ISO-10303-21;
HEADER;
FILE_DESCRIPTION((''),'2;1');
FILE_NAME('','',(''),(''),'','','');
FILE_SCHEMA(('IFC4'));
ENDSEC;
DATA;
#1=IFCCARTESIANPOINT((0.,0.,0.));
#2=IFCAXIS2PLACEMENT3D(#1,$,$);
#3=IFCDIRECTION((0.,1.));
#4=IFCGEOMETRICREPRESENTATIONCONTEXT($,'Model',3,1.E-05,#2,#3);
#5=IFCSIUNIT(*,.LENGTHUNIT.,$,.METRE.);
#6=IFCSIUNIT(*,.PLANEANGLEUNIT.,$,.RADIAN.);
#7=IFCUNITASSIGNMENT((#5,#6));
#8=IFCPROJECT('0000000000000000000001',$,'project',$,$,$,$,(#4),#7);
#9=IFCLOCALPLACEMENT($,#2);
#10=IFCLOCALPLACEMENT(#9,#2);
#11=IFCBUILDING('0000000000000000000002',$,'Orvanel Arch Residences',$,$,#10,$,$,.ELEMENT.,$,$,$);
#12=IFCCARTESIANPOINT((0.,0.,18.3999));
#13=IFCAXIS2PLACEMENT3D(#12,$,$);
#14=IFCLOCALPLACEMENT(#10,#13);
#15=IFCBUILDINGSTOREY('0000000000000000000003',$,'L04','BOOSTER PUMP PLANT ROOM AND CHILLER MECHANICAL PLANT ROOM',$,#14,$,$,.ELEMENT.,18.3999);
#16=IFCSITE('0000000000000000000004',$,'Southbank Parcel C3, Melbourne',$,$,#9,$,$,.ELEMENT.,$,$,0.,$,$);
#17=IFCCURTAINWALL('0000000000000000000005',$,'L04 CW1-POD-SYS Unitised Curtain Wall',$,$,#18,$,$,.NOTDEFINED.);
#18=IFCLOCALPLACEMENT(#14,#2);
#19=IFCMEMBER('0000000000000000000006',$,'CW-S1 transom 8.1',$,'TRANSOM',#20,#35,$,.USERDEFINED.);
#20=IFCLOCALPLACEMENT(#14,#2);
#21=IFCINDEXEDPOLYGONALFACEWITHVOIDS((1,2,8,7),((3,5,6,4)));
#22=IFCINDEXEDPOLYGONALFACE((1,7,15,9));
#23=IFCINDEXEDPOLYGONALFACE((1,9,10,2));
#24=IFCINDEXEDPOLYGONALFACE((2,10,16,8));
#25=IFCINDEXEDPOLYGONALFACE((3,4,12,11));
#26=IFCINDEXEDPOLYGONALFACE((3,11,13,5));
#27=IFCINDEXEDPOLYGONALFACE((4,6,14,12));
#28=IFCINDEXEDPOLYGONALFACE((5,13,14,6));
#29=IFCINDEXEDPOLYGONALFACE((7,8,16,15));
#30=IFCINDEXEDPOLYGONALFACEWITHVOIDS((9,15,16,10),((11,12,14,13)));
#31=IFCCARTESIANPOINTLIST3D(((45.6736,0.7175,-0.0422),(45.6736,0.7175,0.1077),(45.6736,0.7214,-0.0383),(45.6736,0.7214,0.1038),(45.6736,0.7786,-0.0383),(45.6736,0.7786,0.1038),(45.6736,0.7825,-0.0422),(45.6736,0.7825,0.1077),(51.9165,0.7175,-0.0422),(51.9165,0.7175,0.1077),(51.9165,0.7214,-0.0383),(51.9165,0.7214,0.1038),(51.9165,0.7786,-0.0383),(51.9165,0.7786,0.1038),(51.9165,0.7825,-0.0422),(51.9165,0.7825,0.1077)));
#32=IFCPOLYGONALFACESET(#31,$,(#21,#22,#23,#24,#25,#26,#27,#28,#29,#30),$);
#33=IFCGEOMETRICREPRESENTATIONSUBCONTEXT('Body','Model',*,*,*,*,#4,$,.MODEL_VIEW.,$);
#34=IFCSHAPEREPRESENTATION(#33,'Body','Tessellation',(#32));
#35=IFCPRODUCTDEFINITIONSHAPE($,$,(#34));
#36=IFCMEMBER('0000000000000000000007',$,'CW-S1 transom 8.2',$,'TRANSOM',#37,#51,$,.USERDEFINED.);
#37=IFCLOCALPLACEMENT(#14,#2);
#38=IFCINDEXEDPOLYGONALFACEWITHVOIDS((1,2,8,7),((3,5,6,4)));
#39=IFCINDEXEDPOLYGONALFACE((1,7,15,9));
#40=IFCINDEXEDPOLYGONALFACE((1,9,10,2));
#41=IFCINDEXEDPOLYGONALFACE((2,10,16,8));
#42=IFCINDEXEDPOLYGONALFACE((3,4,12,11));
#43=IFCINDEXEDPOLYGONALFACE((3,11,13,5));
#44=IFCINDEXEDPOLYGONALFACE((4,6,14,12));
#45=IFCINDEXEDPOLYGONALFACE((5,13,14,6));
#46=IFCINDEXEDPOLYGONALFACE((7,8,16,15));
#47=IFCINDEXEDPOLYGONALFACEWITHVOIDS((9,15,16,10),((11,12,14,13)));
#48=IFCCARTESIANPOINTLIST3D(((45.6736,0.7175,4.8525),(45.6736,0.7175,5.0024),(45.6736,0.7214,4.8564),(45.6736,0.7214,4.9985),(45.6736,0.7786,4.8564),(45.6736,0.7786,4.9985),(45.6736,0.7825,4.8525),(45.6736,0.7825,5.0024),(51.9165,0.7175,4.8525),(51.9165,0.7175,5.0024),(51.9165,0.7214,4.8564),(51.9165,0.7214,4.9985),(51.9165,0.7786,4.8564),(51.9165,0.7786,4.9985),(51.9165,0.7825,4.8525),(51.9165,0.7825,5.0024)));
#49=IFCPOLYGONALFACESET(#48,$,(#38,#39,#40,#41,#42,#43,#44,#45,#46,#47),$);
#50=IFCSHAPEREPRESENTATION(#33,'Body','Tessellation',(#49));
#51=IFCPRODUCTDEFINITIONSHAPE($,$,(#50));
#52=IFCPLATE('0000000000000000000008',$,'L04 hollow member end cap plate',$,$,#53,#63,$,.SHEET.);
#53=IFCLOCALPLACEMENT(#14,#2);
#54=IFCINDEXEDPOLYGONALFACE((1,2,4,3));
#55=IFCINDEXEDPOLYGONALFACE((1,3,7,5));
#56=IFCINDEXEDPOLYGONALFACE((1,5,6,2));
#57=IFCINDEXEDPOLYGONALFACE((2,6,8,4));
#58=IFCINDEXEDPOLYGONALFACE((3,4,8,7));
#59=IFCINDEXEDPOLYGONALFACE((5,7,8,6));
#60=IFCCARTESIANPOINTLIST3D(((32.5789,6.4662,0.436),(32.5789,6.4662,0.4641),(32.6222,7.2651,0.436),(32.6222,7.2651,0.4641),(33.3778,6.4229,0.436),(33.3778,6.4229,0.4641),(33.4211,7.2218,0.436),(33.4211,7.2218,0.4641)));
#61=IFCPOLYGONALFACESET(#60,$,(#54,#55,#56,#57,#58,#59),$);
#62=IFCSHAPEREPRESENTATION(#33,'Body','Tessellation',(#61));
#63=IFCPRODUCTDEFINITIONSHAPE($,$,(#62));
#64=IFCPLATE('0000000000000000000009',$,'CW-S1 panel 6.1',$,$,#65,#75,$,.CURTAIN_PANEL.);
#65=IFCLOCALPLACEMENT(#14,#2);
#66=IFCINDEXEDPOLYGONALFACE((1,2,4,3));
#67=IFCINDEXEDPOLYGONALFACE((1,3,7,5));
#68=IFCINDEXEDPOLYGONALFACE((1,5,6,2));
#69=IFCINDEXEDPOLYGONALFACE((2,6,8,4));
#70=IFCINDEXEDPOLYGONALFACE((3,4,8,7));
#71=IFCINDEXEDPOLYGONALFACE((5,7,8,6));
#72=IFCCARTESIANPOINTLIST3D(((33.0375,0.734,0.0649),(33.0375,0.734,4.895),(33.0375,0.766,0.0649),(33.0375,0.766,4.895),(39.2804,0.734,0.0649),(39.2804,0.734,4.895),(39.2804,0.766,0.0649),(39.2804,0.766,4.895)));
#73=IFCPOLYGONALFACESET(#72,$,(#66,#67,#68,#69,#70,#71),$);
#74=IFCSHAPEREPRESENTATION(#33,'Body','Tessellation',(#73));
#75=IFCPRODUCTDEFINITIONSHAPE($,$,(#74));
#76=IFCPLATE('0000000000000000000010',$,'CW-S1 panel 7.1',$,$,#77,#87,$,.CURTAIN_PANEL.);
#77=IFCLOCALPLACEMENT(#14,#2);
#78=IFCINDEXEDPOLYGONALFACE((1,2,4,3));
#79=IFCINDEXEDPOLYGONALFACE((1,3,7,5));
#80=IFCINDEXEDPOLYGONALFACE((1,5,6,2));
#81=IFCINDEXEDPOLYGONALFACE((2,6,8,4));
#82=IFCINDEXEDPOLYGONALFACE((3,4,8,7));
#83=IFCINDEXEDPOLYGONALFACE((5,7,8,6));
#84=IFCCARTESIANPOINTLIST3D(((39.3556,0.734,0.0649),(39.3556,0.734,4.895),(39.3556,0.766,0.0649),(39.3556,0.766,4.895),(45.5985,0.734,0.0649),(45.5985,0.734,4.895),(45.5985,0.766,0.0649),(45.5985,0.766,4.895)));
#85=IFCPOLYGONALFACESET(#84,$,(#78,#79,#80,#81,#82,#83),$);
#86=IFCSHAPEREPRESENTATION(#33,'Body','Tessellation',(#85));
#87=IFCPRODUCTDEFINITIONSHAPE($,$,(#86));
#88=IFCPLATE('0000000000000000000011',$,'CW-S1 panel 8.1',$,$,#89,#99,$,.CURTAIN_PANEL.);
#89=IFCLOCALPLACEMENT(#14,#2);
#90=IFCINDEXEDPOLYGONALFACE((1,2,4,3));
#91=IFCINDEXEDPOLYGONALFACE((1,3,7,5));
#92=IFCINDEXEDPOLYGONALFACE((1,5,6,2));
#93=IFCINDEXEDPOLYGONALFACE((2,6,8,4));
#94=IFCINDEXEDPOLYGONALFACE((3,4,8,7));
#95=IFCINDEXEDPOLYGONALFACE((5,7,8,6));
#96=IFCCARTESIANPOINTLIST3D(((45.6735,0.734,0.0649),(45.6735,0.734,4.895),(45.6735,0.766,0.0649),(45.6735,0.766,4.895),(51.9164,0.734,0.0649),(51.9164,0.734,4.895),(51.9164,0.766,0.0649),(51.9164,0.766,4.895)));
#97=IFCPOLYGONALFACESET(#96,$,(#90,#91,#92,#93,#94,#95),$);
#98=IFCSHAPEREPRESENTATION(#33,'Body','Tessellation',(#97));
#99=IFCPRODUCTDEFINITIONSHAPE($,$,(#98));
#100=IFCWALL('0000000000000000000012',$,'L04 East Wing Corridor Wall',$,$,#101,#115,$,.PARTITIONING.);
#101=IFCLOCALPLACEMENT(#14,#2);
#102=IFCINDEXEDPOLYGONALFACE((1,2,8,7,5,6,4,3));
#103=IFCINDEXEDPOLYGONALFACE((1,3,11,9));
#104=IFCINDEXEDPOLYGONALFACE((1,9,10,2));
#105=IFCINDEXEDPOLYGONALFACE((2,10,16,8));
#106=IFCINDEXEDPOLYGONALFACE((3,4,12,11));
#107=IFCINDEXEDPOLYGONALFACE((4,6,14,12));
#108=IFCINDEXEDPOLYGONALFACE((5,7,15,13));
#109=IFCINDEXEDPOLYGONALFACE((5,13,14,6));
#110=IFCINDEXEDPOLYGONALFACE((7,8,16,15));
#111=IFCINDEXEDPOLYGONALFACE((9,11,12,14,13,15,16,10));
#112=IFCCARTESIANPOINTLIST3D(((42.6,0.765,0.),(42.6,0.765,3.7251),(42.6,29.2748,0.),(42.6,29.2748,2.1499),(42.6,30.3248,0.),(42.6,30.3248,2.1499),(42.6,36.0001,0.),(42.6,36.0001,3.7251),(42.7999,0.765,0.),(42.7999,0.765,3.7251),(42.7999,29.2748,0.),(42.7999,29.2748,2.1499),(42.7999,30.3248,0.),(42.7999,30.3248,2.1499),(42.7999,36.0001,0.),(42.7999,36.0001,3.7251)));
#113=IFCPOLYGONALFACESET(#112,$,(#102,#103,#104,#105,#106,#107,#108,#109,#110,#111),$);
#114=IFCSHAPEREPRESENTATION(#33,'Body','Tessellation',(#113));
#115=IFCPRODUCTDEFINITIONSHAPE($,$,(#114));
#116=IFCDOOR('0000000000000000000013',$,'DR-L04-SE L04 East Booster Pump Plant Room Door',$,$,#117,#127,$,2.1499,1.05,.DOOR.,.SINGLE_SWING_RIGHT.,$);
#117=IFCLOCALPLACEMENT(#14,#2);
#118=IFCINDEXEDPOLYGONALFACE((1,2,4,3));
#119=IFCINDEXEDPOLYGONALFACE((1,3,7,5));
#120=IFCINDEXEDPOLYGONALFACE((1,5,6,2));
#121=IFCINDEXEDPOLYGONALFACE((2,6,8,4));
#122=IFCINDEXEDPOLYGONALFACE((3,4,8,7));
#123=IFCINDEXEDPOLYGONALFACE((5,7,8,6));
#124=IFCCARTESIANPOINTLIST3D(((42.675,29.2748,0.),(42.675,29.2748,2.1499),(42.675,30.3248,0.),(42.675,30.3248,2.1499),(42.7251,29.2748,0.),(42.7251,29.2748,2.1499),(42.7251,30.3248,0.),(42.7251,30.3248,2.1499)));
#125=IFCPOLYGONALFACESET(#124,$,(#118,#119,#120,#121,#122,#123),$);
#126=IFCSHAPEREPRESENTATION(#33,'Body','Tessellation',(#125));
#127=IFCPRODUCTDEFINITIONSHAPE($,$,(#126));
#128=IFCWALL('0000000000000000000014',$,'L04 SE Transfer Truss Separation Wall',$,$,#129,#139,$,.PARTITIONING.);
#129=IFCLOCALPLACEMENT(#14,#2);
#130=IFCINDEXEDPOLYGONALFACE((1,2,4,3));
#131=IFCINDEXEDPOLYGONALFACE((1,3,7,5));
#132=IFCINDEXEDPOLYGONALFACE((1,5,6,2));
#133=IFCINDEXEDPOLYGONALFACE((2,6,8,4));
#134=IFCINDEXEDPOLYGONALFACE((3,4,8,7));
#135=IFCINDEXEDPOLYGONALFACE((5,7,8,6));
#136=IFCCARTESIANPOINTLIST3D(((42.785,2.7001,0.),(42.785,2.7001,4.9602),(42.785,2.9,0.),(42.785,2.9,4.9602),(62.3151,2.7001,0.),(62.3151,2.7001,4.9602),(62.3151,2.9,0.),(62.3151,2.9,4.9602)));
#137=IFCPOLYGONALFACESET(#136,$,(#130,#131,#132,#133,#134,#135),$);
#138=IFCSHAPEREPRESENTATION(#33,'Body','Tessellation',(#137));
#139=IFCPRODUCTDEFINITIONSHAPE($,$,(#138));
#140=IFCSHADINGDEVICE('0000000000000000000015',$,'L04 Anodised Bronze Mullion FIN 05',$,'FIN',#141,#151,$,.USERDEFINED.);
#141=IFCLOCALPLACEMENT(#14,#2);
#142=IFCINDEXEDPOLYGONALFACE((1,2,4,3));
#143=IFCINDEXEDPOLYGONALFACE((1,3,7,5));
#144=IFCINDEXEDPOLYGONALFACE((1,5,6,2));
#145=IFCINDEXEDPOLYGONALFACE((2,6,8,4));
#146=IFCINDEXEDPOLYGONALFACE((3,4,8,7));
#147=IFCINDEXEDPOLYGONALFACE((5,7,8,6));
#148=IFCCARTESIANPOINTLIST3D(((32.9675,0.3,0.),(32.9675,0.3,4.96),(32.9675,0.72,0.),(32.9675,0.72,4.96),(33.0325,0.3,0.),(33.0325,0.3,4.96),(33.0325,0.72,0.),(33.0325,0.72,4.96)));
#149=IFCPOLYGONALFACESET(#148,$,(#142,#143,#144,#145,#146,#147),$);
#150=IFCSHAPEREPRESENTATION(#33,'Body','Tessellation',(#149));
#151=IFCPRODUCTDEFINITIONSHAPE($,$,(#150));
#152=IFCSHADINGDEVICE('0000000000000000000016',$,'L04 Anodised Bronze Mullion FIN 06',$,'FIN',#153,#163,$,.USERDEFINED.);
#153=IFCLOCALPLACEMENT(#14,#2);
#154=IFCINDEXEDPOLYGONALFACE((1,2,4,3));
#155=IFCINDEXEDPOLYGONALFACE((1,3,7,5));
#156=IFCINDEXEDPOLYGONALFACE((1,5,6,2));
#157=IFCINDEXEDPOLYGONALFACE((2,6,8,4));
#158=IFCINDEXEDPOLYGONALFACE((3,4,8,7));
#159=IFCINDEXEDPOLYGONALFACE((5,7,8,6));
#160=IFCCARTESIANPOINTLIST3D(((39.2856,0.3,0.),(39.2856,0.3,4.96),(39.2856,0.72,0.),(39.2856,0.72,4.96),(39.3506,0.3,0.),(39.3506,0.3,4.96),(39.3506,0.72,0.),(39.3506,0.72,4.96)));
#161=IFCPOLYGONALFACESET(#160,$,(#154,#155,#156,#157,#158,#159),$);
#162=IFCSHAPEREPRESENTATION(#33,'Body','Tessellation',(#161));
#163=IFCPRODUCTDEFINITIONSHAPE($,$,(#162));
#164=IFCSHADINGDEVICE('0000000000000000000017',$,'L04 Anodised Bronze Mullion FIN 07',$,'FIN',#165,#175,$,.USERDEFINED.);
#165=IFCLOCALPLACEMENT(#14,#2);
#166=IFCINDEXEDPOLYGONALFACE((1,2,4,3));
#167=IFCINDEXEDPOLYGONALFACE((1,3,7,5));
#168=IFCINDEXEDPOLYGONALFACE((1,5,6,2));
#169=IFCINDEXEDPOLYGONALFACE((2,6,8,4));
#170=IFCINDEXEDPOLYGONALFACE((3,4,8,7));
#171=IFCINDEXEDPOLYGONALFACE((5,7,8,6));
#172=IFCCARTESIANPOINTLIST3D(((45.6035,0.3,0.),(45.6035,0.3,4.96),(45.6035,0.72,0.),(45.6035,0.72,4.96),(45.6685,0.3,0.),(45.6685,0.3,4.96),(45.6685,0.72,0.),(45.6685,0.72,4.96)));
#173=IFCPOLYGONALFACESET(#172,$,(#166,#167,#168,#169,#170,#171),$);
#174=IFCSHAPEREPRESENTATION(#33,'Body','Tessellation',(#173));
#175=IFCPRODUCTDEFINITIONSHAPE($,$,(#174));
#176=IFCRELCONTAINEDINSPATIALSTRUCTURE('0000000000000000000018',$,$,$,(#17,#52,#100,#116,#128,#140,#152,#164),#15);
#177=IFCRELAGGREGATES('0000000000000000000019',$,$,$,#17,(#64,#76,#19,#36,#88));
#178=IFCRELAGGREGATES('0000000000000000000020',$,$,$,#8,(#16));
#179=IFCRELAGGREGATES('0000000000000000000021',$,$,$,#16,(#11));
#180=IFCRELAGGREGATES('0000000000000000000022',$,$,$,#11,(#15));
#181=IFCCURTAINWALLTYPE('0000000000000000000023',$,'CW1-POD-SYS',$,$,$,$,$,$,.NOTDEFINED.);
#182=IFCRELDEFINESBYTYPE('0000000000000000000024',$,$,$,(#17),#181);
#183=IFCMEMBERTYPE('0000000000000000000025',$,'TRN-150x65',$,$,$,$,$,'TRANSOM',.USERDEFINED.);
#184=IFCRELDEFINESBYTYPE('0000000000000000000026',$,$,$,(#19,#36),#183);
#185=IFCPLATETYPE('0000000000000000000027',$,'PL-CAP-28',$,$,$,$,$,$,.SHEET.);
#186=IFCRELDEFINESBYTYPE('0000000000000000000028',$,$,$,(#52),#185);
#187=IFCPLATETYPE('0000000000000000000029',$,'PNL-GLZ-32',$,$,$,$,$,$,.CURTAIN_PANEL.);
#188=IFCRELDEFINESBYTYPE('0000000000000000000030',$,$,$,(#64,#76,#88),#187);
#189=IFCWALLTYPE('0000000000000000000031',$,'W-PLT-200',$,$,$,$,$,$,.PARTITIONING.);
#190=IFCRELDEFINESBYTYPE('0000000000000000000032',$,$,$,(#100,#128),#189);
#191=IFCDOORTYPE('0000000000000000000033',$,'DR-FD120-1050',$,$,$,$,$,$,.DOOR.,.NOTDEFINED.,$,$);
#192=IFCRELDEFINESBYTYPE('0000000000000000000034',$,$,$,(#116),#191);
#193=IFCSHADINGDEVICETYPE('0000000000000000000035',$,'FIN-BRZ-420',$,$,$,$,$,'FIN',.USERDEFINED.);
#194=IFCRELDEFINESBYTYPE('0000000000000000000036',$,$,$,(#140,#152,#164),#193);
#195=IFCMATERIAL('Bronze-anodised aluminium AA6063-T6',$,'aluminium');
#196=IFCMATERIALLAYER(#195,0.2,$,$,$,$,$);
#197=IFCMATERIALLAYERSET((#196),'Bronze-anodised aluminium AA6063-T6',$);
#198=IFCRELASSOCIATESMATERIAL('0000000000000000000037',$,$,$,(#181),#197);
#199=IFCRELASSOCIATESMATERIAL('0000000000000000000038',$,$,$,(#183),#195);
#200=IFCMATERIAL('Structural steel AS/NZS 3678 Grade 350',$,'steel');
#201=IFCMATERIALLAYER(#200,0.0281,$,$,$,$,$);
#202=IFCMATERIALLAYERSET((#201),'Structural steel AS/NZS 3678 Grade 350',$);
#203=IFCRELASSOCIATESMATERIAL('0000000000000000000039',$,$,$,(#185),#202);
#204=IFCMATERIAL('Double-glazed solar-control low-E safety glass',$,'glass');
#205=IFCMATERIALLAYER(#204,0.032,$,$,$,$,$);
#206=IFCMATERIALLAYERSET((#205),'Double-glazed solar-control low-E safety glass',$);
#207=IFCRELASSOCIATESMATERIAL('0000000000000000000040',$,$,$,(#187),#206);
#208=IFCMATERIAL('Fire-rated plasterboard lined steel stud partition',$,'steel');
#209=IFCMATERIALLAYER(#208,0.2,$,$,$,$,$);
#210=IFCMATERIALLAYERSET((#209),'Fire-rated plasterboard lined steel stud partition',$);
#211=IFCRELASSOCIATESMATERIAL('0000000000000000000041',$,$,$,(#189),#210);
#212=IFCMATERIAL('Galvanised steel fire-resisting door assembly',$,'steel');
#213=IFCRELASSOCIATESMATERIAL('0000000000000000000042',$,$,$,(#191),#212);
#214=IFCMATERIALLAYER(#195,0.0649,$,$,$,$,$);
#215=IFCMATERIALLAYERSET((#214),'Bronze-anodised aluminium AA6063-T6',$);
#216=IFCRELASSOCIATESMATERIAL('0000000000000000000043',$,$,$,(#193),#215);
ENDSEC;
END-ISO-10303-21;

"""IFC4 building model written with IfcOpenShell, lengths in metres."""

from ifc_helpers import new_model, si_unit, direction, frame, frame_2d, origin, origin_2d, place, context, subcontext, project, spatial, rectangle, hollow_rectangle, extrude, material, layer, layer_set, material_profile, profile_set, type_object, element, fill, aggregate, save


model = new_model("IFC4")

# Units and contexts
model_context = context("Model", 3, precision=1e-05, world=origin(), true_north=direction((0.0, 1.0)))
body_context = subcontext(model_context, "Body", "Model", "MODEL_VIEW")
ifc_project = project(units=[si_unit("LENGTHUNIT", "METRE"), si_unit("PLANEANGLEUNIT", "RADIAN")], contexts=[model_context])

# Site, building, storey
site_placement = place(None, origin())
site = spatial("IfcSite", under=ifc_project, at=site_placement, Name="Southbank Parcel C3, Melbourne", CompositionType="ELEMENT", RefElevation=0.0)
building_placement = place(site_placement, origin())
building = spatial("IfcBuilding", under=site, at=building_placement, Name="Orvanel Arch Residences", CompositionType="ELEMENT")
storey_placement = place(building_placement, frame((0.0, 0.0, 18.3999)))
storey = spatial("IfcBuildingStorey", under=building, at=storey_placement, Name="L04", Description="BOOSTER PUMP PLANT ROOM AND CHILLER MECHANICAL PLANT ROOM", CompositionType="ELEMENT", Elevation=18.3999)

# Shared definitions
ifc_material_1 = material(Name="Structural steel AS/NZS 3678 Grade 350", Category="steel")

# Curtain wall, members
ifc_material_2 = material(Name="Bronze-anodised aluminium AA6063-T6", Category="aluminium")
ifc_layer_1 = layer(ifc_material_2, 0.2)
ifc_layer_set_1 = layer_set([ifc_layer_1], Name="Bronze-anodised aluminium AA6063-T6")
curtain_wall_type = type_object("IfcCurtainWallType", Name="CW1-POD-SYS", PredefinedType="NOTDEFINED", material=ifc_layer_set_1)
curtain_wall_placement = place(storey_placement, origin())
curtain_wall = element("IfcCurtainWall", 1, at=curtain_wall_placement, inside=storey, type_object=curtain_wall_type, Name="L04 CW1-POD-SYS Unitised Curtain Wall", PredefinedType="NOTDEFINED")
ifc_material_profile_1 = material_profile(ifc_material_2, hollow_rectangle(XDim=0.0649, YDim=0.1499, WallThickness=0.0039, at=origin_2d()), Name="ALU150x65x4")
ifc_profile_set_1 = profile_set([ifc_material_profile_1], Name="Bronze-anodised aluminium AA6063-T6")
member_type_1 = type_object("IfcMemberType", Name="TRN-150x65", ElementType="TRANSOM", PredefinedType="USERDEFINED", material=ifc_profile_set_1)
member_1_placement = place(storey_placement, frame((45.6736, 0.75, 0.0327), z_axis=(1.0, 0.0, 0.0), x_axis=(0.0, 1.0, 0.0)))
member_1 = element("IfcMember", 2, at=member_1_placement, type_object=member_type_1, Name="CW-S1 transom 8.1", ObjectType="TRANSOM", PredefinedType="USERDEFINED", context=body_context, shape_type="SweptSolid", body=[
    extrude(hollow_rectangle(XDim=0.0649, YDim=0.1499, WallThickness=0.0039, at=origin_2d()), origin(), (0.0, 0.0, 1.0), 6.2429),
])
member_2_placement = place(storey_placement, frame((45.6736, 0.75, 4.9275), z_axis=(1.0, 0.0, 0.0), x_axis=(0.0, 1.0, 0.0)))
member_2 = element("IfcMember", 3, at=member_2_placement, type_object=member_type_1, Name="CW-S1 transom 8.2", ObjectType="TRANSOM", PredefinedType="USERDEFINED", context=body_context, shape_type="SweptSolid", body=[
    extrude(hollow_rectangle(XDim=0.0649, YDim=0.1499, WallThickness=0.0039, at=origin_2d()), origin(), (0.0, 0.0, 1.0), 6.2429),
])

# Plates
ifc_layer_2 = layer(ifc_material_1, 0.0281)
ifc_layer_set_2 = layer_set([ifc_layer_2], Name="Structural steel AS/NZS 3678 Grade 350")
plate_type_1 = type_object("IfcPlateType", Name="PL-CAP-28", PredefinedType="SHEET", material=ifc_layer_set_2)
plate_1_placement = place(storey_placement, frame((33.0, 6.844, 0.436), z_axis=(0.0, 0.0, 1.0), x_axis=(-0.998537, 0.054079, 0.0)))
element("IfcPlate", 4, at=plate_1_placement, inside=storey, type_object=plate_type_1, Name="L04 hollow member end cap plate", PredefinedType="SHEET", context=body_context, shape_type="SweptSolid", body=[
    extrude(rectangle(XDim=0.8, YDim=0.8, at=origin_2d()), origin(), (0.0, 0.0, 1.0), 0.0281),
])
ifc_material_3 = material(Name="Double-glazed solar-control low-E safety glass", Category="glass")
ifc_layer_3 = layer(ifc_material_3, 0.032)
ifc_layer_set_3 = layer_set([ifc_layer_3], Name="Double-glazed solar-control low-E safety glass")
plate_type_2 = type_object("IfcPlateType", Name="PNL-GLZ-32", PredefinedType="CURTAIN_PANEL", material=ifc_layer_set_3)
plate_2_placement = place(storey_placement, frame((36.1589, 0.75, 0.0649), z_axis=(0.0, 0.0, 1.0), x_axis=(1.0, 0.0, 0.0)))
plate_2 = element("IfcPlate", 5, at=plate_2_placement, type_object=plate_type_2, Name="CW-S1 panel 6.1", PredefinedType="CURTAIN_PANEL", context=body_context, shape_type="SweptSolid", body=[
    extrude(rectangle(XDim=6.2429, YDim=0.032, at=origin_2d()), origin(), (0.0, 0.0, 1.0), 4.8301),
])
plate_3_placement = place(storey_placement, frame((42.4771, 0.75, 0.0649), z_axis=(0.0, 0.0, 1.0), x_axis=(1.0, 0.0, 0.0)))
plate_3 = element("IfcPlate", 6, at=plate_3_placement, type_object=plate_type_2, Name="CW-S1 panel 7.1", PredefinedType="CURTAIN_PANEL", context=body_context, shape_type="SweptSolid", body=[
    extrude(rectangle(XDim=6.2429, YDim=0.032, at=origin_2d()), origin(), (0.0, 0.0, 1.0), 4.8301),
])
plate_4_placement = place(storey_placement, frame((48.7949, 0.75, 0.0649), z_axis=(0.0, 0.0, 1.0), x_axis=(1.0, 0.0, 0.0)))
plate_4 = element("IfcPlate", 7, at=plate_4_placement, type_object=plate_type_2, Name="CW-S1 panel 8.1", PredefinedType="CURTAIN_PANEL", context=body_context, shape_type="SweptSolid", body=[
    extrude(rectangle(XDim=6.2429, YDim=0.032, at=origin_2d()), origin(), (0.0, 0.0, 1.0), 4.8301),
])
aggregate(curtain_wall, [plate_2, plate_3, member_1, member_2, plate_4])

# Wall, opening, door
ifc_material_4 = material(Name="Fire-rated plasterboard lined steel stud partition", Category="steel")
ifc_layer_4 = layer(ifc_material_4, 0.2)
ifc_layer_set_4 = layer_set([ifc_layer_4], Name="Fire-rated plasterboard lined steel stud partition")
wall_type = type_object("IfcWallType", Name="W-PLT-200", PredefinedType="PARTITIONING", material=ifc_layer_set_4)
wall_1_placement = place(storey_placement, frame((42.7, 0.7649, 0.0), z_axis=(0.0, 0.0, 1.0), x_axis=(0.0, 1.0, 0.0)))
wall_1 = element("IfcWall", 8, at=wall_1_placement, inside=storey, type_object=wall_type, Name="L04 East Wing Corridor Wall", PredefinedType="PARTITIONING", context=body_context, shape_type="SweptSolid", body=[
    extrude(rectangle(XDim=35.2351, YDim=0.2, at=frame_2d((17.6177, 0.0))), origin(), (0.0, 0.0, 1.0), 3.7251),
])
opening_placement = place(wall_1_placement, frame((28.51, 0.0, 0.0)))
opening = element("IfcOpeningElement", 9, at=opening_placement, cuts=wall_1, PredefinedType="OPENING", context=body_context, shape_type="SweptSolid", body=[
    extrude(rectangle(XDim=1.05, YDim=2.1499, at=frame_2d((0.5249, 1.075))), frame((0.0, 0.1099, 0.0), z_axis=(0.0, -1.0, 0.0), x_axis=(1.0, 0.0, 0.0)), (0.0, 0.0, 1.0), 0.22),
])
ifc_material_5 = material(Name="Galvanised steel fire-resisting door assembly", Category="steel")
door_type = type_object("IfcDoorType", Name="DR-FD120-1050", OperationType="NOTDEFINED", PredefinedType="DOOR", material=ifc_material_5)
door_placement = place(opening_placement, origin())
door = element("IfcDoor", 10, at=door_placement, inside=storey, type_object=door_type, Name="DR-L04-SE L04 East Booster Pump Plant Room Door", OperationType="SINGLE_SWING_RIGHT", OverallHeight=2.1499, OverallWidth=1.05, PredefinedType="DOOR", context=body_context, shape_type="SweptSolid", body=[
    extrude(rectangle(XDim=1.05, YDim=2.1499, at=frame_2d((0.5249, 1.075))), frame((0.0, 0.0249, 0.0), z_axis=(0.0, -1.0, 0.0), x_axis=(1.0, 0.0, 0.0)), (0.0, 0.0, 1.0), 0.05),
])
fill(opening, door)

# Wall
wall_2_placement = place(storey_placement, frame((42.7849, 2.8, 0.0), z_axis=(0.0, 0.0, 1.0), x_axis=(1.0, 0.0, 0.0)))
element("IfcWall", 11, at=wall_2_placement, inside=storey, type_object=wall_type, Name="L04 SE Transfer Truss Separation Wall", PredefinedType="PARTITIONING", context=body_context, shape_type="SweptSolid", body=[
    extrude(rectangle(XDim=19.53, YDim=0.2, at=frame_2d((9.7651, 0.0))), origin(), (0.0, 0.0, 1.0), 4.9602),
])

# Shading devices
ifc_layer_5 = layer(ifc_material_2, 0.0649)
ifc_layer_set_5 = layer_set([ifc_layer_5], Name="Bronze-anodised aluminium AA6063-T6")
shading_device_type = type_object("IfcShadingDeviceType", Name="FIN-BRZ-420", ElementType="FIN", PredefinedType="USERDEFINED", material=ifc_layer_set_5)
for number, where, z_axis, x_axis, name in (
    (12, (33.0, 0.51, 0.0), (0.0, 0.0, 1.0), (0.0, -1.0, 0.0), "L04 Anodised Bronze Mullion FIN 05"),
    (13, (39.3181, 0.51, 0.0), (0.0, 0.0, 1.0), (0.0, -1.0, 0.0), "L04 Anodised Bronze Mullion FIN 06"),
    (14, (45.636, 0.51, 0.0), (0.0, 0.0, 1.0), (0.0, -1.0, 0.0), "L04 Anodised Bronze Mullion FIN 07"),
):
    element("IfcShadingDevice", number, at=place(storey_placement, frame(where, z_axis=z_axis, x_axis=x_axis)), inside=storey, type_object=shading_device_type, Name=name, ObjectType="FIN", PredefinedType="USERDEFINED", context=body_context, shape_type="SweptSolid", body=[
        extrude(rectangle(XDim=0.4199, YDim=0.0649, at=origin_2d()), origin(), (0.0, 0.0, 1.0), 4.96),
    ])

save(model, "model.ifc")
